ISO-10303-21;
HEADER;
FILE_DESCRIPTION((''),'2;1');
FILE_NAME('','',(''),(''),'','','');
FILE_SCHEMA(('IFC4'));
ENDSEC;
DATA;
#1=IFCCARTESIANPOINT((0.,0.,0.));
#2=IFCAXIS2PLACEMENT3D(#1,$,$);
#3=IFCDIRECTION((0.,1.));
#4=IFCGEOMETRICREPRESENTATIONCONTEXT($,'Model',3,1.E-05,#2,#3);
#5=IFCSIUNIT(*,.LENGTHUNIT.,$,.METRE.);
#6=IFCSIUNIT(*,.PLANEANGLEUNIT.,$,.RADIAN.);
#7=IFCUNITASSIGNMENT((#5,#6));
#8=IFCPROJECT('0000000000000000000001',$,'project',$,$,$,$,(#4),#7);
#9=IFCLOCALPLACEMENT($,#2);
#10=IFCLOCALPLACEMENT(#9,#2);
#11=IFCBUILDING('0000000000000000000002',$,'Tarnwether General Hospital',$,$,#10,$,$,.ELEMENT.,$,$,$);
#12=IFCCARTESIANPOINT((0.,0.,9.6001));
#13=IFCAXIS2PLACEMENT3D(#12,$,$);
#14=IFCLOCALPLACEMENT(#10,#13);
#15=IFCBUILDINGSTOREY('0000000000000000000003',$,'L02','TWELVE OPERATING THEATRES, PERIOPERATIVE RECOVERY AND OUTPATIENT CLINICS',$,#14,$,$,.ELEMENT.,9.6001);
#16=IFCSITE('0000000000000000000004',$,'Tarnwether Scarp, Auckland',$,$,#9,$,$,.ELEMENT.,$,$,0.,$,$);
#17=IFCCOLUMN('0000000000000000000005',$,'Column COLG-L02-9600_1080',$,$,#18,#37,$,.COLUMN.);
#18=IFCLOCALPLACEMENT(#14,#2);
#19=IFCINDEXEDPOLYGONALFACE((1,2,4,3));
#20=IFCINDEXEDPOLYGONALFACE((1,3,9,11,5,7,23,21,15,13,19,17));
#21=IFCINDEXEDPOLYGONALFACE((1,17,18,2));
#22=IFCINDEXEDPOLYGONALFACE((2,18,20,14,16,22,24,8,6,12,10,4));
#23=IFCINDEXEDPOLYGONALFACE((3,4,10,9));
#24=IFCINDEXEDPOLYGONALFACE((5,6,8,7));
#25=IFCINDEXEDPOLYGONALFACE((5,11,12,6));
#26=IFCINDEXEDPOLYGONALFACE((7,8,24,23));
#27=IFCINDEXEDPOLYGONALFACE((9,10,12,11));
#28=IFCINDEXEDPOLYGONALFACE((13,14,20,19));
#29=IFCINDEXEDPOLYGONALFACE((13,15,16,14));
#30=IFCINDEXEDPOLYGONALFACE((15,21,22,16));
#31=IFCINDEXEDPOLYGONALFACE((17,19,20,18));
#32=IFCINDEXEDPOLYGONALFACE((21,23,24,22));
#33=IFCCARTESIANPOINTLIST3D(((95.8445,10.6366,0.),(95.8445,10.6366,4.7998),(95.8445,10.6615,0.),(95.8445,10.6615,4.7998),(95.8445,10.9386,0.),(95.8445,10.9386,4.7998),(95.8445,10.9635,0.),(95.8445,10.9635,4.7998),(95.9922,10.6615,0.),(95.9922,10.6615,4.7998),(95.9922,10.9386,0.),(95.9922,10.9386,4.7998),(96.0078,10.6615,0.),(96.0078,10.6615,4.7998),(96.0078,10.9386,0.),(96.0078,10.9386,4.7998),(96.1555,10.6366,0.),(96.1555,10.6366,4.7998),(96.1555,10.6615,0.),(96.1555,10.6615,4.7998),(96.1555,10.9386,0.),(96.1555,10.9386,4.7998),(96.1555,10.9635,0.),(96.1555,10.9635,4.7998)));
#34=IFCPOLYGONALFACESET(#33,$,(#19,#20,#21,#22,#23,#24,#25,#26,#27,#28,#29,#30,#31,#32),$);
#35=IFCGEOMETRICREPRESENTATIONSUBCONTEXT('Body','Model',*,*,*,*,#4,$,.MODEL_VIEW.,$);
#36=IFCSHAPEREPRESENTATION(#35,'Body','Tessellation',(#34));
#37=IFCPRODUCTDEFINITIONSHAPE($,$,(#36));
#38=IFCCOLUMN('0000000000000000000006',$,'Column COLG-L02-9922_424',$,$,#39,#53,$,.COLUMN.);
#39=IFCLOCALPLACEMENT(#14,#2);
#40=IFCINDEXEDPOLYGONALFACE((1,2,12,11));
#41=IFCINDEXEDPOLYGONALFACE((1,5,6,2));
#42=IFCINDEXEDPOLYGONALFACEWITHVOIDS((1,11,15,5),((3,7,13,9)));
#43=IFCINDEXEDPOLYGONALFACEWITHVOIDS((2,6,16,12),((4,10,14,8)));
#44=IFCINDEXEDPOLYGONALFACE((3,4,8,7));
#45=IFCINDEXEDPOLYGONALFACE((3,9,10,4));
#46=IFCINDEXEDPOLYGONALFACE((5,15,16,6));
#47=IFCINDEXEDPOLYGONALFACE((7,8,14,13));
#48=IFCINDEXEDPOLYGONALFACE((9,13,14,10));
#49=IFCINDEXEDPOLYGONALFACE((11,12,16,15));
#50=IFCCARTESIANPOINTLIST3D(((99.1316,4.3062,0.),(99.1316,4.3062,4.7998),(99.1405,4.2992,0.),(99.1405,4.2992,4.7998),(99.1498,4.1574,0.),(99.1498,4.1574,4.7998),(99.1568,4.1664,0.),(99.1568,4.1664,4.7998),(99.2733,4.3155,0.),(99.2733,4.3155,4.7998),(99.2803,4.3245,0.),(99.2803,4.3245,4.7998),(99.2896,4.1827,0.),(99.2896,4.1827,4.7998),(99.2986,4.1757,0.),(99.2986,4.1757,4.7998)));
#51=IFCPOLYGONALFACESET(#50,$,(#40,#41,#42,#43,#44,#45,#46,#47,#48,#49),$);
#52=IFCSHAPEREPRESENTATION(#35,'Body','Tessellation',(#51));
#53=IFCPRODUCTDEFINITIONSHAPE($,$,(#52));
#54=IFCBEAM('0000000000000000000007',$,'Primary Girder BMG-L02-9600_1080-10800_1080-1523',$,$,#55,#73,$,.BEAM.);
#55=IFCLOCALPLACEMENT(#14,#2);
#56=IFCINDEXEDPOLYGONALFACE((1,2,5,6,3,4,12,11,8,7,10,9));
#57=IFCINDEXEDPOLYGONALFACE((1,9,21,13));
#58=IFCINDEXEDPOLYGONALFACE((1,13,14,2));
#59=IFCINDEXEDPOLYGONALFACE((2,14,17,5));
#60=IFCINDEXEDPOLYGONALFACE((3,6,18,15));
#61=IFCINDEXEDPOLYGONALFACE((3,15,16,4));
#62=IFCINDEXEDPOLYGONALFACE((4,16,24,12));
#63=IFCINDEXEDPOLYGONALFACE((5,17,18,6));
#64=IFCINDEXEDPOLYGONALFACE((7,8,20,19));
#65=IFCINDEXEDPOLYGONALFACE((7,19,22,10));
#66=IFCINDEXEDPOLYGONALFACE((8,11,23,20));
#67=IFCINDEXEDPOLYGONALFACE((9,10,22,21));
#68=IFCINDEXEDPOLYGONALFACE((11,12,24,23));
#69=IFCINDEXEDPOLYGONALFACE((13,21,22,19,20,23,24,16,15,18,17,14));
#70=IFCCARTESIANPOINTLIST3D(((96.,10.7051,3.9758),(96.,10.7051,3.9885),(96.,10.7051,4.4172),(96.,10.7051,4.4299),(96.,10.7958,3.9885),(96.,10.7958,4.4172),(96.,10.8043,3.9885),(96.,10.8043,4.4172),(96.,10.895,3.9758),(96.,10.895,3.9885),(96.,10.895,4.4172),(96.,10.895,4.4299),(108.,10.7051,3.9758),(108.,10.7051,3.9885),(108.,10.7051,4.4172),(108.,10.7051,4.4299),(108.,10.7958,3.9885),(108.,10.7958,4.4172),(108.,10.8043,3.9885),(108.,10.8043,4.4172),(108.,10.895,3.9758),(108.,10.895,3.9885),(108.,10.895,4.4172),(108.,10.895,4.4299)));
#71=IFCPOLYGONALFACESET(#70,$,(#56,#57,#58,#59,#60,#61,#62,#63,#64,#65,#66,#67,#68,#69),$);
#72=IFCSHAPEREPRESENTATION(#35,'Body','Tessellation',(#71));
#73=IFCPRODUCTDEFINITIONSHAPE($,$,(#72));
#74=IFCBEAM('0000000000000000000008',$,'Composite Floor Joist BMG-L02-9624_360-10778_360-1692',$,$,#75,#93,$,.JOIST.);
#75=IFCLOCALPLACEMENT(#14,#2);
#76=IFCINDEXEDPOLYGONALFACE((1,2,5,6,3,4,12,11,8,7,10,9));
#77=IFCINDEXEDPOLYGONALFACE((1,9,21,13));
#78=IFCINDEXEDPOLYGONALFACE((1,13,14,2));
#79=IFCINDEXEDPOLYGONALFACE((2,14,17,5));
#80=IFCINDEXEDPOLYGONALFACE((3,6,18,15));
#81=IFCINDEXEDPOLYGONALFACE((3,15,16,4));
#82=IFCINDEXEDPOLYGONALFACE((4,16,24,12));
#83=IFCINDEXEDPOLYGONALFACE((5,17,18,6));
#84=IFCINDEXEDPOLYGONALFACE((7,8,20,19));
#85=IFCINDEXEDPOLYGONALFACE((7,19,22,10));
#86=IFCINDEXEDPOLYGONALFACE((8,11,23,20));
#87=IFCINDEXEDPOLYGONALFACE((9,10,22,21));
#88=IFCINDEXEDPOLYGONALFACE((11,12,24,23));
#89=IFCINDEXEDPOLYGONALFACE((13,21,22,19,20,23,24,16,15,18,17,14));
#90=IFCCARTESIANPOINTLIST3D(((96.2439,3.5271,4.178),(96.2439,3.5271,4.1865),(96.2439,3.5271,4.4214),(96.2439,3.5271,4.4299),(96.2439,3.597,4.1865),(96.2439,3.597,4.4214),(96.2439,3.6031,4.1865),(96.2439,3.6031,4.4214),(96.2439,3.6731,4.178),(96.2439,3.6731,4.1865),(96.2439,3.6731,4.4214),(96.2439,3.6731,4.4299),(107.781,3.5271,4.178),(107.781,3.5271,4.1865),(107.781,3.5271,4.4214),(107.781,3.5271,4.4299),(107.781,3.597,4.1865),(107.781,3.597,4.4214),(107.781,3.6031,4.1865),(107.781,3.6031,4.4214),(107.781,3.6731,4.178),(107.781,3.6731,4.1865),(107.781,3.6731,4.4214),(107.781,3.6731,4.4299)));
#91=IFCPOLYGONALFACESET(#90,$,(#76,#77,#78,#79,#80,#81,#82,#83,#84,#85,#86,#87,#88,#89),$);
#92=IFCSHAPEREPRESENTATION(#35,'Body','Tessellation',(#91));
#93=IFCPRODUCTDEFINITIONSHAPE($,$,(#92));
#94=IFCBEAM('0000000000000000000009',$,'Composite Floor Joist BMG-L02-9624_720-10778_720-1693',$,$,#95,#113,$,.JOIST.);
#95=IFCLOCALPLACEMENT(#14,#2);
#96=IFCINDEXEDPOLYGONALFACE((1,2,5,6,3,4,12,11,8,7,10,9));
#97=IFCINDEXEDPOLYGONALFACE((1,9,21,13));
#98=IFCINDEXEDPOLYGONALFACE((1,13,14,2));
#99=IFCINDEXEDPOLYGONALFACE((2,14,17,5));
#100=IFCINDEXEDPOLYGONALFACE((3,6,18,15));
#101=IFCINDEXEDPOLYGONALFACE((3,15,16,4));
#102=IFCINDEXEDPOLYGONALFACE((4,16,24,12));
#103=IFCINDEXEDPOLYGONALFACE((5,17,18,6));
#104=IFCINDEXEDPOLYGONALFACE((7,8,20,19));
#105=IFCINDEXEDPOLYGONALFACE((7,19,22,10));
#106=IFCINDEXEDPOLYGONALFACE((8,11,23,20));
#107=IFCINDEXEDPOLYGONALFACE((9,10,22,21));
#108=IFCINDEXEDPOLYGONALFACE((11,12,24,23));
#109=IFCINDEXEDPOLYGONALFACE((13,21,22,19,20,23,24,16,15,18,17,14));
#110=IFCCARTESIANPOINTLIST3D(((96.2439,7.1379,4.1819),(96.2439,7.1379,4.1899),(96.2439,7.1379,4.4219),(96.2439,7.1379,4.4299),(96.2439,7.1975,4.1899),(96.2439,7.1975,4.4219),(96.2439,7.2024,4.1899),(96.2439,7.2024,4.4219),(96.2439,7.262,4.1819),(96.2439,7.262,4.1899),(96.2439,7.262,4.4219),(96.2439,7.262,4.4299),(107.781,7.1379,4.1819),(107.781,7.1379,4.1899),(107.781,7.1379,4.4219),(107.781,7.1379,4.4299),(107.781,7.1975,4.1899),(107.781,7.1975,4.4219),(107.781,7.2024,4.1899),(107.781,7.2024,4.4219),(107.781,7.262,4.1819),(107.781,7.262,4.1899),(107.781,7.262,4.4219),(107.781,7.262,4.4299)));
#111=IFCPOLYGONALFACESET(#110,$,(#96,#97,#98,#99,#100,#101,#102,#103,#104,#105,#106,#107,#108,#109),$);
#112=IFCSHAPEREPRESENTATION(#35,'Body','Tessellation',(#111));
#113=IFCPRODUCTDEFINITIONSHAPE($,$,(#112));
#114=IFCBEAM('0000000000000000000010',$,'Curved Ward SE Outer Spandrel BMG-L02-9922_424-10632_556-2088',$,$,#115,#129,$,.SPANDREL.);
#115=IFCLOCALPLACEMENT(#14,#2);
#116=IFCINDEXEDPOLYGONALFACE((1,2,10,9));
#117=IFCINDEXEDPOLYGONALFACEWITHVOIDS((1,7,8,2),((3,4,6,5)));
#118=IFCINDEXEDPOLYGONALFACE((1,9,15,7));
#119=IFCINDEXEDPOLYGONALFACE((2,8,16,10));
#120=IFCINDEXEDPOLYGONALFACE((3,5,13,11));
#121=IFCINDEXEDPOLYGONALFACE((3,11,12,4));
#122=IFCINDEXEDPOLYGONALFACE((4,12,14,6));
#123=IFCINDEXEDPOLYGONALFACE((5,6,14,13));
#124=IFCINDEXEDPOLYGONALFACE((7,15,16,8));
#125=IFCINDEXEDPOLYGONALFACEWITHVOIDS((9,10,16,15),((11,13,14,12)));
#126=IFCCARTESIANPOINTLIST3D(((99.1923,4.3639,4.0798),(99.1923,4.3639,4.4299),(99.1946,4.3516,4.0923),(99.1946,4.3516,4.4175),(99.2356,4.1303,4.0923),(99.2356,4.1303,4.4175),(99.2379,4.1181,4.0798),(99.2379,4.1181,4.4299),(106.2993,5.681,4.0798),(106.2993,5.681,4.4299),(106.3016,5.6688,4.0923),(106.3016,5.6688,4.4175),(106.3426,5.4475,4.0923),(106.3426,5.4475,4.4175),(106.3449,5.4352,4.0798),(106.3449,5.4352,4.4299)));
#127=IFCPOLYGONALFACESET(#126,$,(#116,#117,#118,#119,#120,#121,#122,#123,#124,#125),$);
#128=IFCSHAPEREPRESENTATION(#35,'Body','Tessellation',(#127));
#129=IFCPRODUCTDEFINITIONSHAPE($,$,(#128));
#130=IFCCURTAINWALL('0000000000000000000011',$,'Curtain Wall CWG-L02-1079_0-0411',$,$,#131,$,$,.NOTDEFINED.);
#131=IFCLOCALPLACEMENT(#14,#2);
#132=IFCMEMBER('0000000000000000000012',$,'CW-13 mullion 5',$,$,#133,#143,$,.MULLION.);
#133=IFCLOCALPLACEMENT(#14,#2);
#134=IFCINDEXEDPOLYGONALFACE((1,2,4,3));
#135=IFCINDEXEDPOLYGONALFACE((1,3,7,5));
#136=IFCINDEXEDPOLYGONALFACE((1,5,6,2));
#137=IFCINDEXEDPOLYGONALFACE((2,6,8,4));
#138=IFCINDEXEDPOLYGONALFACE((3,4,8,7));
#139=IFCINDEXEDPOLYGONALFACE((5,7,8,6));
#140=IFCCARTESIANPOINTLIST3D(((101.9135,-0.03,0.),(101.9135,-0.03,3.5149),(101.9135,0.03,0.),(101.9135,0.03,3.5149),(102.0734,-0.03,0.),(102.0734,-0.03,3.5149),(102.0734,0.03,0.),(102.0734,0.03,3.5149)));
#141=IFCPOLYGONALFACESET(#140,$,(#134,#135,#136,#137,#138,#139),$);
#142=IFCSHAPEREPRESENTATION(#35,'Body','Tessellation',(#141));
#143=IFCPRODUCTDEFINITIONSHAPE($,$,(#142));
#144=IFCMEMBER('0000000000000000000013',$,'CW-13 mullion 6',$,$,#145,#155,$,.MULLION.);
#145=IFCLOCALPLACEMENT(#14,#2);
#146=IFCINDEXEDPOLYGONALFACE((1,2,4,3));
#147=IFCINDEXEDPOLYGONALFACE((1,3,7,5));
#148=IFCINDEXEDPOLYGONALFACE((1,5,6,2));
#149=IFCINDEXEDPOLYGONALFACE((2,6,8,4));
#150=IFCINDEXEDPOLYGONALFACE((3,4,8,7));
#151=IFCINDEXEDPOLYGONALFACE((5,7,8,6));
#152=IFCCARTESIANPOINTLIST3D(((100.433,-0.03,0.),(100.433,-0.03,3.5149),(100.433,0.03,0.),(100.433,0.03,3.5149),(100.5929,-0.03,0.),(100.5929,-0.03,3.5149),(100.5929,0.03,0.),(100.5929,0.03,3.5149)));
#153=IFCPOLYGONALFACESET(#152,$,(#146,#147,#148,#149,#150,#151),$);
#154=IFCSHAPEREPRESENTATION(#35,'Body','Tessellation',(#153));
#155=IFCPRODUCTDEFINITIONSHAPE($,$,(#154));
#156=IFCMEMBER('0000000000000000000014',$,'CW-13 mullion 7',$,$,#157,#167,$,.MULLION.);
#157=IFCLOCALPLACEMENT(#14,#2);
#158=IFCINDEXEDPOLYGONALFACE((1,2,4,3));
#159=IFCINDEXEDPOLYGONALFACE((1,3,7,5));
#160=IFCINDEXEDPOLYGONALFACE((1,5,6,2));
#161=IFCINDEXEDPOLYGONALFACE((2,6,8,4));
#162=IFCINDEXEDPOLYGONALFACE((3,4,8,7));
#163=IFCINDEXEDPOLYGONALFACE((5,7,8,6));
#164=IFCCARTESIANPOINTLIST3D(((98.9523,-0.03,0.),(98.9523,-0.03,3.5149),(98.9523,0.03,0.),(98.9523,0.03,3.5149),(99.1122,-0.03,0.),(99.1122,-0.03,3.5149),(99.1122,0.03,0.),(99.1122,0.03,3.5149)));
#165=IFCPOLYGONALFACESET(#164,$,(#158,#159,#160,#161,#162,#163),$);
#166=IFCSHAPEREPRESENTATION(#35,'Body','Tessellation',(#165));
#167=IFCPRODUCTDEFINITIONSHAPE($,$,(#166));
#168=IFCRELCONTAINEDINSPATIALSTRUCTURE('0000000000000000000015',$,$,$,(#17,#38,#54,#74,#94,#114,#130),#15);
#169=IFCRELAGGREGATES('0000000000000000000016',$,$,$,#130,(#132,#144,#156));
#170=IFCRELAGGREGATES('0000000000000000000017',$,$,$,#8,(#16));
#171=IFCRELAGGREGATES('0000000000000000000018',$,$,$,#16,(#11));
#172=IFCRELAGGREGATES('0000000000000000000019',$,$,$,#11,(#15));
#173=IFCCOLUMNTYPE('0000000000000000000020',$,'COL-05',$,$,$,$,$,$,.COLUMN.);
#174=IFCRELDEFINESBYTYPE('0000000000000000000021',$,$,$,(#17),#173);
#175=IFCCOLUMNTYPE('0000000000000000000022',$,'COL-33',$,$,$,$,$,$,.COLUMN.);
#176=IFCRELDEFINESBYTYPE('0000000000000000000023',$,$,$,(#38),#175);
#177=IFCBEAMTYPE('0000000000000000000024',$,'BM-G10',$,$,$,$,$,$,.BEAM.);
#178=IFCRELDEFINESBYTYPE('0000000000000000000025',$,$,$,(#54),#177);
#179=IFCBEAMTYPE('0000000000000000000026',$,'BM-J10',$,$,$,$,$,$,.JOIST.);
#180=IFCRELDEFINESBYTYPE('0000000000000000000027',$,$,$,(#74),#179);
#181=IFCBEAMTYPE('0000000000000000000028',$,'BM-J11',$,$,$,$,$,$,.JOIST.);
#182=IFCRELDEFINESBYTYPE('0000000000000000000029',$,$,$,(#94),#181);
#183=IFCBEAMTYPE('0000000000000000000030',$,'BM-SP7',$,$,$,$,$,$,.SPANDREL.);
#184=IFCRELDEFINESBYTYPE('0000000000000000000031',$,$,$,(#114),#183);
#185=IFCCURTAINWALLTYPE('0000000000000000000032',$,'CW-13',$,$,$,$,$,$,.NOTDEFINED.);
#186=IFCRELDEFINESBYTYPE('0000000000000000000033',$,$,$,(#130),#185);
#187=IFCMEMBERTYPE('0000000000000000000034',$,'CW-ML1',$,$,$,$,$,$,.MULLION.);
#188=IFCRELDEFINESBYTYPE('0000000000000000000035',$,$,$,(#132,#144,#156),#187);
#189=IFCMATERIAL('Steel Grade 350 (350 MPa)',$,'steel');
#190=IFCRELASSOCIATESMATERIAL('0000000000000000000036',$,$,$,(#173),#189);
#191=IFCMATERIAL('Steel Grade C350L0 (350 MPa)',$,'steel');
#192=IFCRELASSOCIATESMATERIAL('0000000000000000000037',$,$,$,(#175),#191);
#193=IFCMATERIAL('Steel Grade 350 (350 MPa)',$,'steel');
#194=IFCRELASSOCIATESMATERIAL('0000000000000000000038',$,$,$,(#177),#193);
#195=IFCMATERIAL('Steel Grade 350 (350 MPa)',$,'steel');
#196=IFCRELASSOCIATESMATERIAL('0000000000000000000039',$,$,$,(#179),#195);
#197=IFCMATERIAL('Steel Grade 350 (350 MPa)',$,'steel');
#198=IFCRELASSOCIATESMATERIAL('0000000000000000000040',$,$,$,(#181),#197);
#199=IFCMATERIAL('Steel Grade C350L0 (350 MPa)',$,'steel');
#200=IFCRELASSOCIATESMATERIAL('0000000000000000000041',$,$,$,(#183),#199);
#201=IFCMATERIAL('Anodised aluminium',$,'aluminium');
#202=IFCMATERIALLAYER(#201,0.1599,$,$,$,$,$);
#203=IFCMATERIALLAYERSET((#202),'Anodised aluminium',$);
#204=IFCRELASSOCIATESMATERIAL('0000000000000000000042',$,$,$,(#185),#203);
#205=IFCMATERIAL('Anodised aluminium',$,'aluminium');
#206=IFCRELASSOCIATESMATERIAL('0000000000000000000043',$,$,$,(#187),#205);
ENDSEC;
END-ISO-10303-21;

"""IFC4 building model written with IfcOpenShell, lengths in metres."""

from ifc_helpers import new_model, si_unit, direction, frame, origin, origin_2d, place, context, subcontext, project, spatial, rectangle, hollow_rectangle, i_section, extrude, material, layer, layer_set, material_profile, profile_set, type_object, element, aggregate, save


model = new_model("IFC4")

# Units and contexts
model_context = context("Model", 3, precision=1e-05, world=origin(), true_north=direction((0.0, 1.0)))
body_context = subcontext(model_context, "Body", "Model", "MODEL_VIEW")
ifc_project = project(units=[si_unit("LENGTHUNIT", "METRE"), si_unit("PLANEANGLEUNIT", "RADIAN")], contexts=[model_context])

# Site, building, storey
site_placement = place(None, origin())
site = spatial("IfcSite", under=ifc_project, at=site_placement, Name="Tarnwether Scarp, Auckland", CompositionType="ELEMENT", RefElevation=0.0)
building_placement = place(site_placement, origin())
building = spatial("IfcBuilding", under=site, at=building_placement, Name="Tarnwether General Hospital", CompositionType="ELEMENT")
storey_placement = place(building_placement, frame((0.0, 0.0, 9.6001)))
storey = spatial("IfcBuildingStorey", under=building, at=storey_placement, Name="L02", Description="TWELVE OPERATING THEATRES, PERIOPERATIVE RECOVERY AND OUTPATIENT CLINICS", CompositionType="ELEMENT", Elevation=9.6001)

# Columns
ifc_material_1 = material(Name="Steel Grade 350 (350 MPa)", Category="steel")
ifc_material_profile_1 = material_profile(ifc_material_1, i_section(OverallWidth=0.311, OverallDepth=0.3269, WebThickness=0.0156, FlangeThickness=0.0249, at=origin_2d()), Name="310UC158")
ifc_profile_set_1 = profile_set([ifc_material_profile_1], Name="Steel Grade 350 (350 MPa)")
column_type_1 = type_object("IfcColumnType", Name="COL-05", PredefinedType="COLUMN", material=ifc_profile_set_1)
column_1_placement = place(storey_placement, frame((96.0, 10.8, 0.0), z_axis=(0.0, 0.0, 1.0), x_axis=(1.0, 0.0, 0.0)))
element("IfcColumn", 1, at=column_1_placement, inside=storey, type_object=column_type_1, Name="Column COLG-L02-9600_1080", PredefinedType="COLUMN", context=body_context, shape_type="SweptSolid", body=[
    extrude(i_section(OverallWidth=0.311, OverallDepth=0.3269, WebThickness=0.0156, FlangeThickness=0.0249, at=origin_2d()), origin(), (0.0, 0.0, 1.0), 4.7998),
])
ifc_material_2 = material(Name="Steel Grade C350L0 (350 MPa)", Category="steel")
ifc_material_profile_2 = material_profile(ifc_material_2, hollow_rectangle(XDim=0.1499, YDim=0.1499, WallThickness=0.0081, at=origin_2d()), Name="SHS150x150x8")
ifc_profile_set_2 = profile_set([ifc_material_profile_2], Name="Steel Grade C350L0 (350 MPa)")
column_type_2 = type_object("IfcColumnType", Name="COL-33", PredefinedType="COLUMN", material=ifc_profile_set_2)
column_2_placement = place(storey_placement, frame((99.2151, 4.241, 0.0), z_axis=(0.0, 0.0, 1.0), x_axis=(-0.121869, 0.992546, 0.0)))
element("IfcColumn", 2, at=column_2_placement, inside=storey, type_object=column_type_2, Name="Column COLG-L02-9922_424", PredefinedType="COLUMN", context=body_context, shape_type="SweptSolid", body=[
    extrude(hollow_rectangle(XDim=0.1499, YDim=0.1499, WallThickness=0.0081, at=origin_2d()), origin(), (0.0, 0.0, 1.0), 4.7998),
])

# Beams
ifc_material_3 = material(Name="Steel Grade 350 (350 MPa)", Category="steel")
ifc_material_profile_3 = material_profile(ifc_material_3, i_section(OverallWidth=0.1899, OverallDepth=0.4541, WebThickness=0.0085, FlangeThickness=0.0127, at=origin_2d()), Name="460UB67.1")
ifc_profile_set_3 = profile_set([ifc_material_profile_3], Name="Steel Grade 350 (350 MPa)")
beam_type_1 = type_object("IfcBeamType", Name="BM-G10", PredefinedType="BEAM", material=ifc_profile_set_3)
beam_1_placement = place(storey_placement, frame((96.0, 10.8, 4.2029), z_axis=(1.0, 0.0, 0.0), x_axis=(0.0, 1.0, 0.0)))
element("IfcBeam", 3, at=beam_1_placement, inside=storey, type_object=beam_type_1, Name="Primary Girder BMG-L02-9600_1080-10800_1080-1523", PredefinedType="BEAM", context=body_context, shape_type="SweptSolid", body=[
    extrude(i_section(OverallWidth=0.1899, OverallDepth=0.4541, WebThickness=0.0085, FlangeThickness=0.0127, at=origin_2d()), origin(), (0.0, 0.0, 1.0), 12.0),
])
ifc_material_4 = material(Name="Steel Grade 350 (350 MPa)", Category="steel")
ifc_material_profile_4 = material_profile(ifc_material_4, i_section(OverallWidth=0.146, OverallDepth=0.252, WebThickness=0.0061, FlangeThickness=0.0085, at=origin_2d()), Name="250UB31.4")
ifc_profile_set_4 = profile_set([ifc_material_profile_4], Name="Steel Grade 350 (350 MPa)")
beam_type_2 = type_object("IfcBeamType", Name="BM-J10", PredefinedType="JOIST", material=ifc_profile_set_4)
beam_2_placement = place(storey_placement, frame((96.2439, 3.6001, 4.304), z_axis=(1.0, 0.0, 0.0), x_axis=(0.0, 1.0, 0.0)))
element("IfcBeam", 4, at=beam_2_placement, inside=storey, type_object=beam_type_2, Name="Composite Floor Joist BMG-L02-9624_360-10778_360-1692", PredefinedType="JOIST", context=body_context, shape_type="SweptSolid", body=[
    extrude(i_section(OverallWidth=0.146, OverallDepth=0.252, WebThickness=0.0061, FlangeThickness=0.0085, at=origin_2d()), origin(), (0.0, 0.0, 1.0), 11.5371),
])
ifc_material_5 = material(Name="Steel Grade 350 (350 MPa)", Category="steel")
ifc_material_profile_5 = material_profile(ifc_material_5, i_section(OverallWidth=0.124, OverallDepth=0.248, WebThickness=0.0049, FlangeThickness=0.0081, at=origin_2d()), Name="250UB25.7")
ifc_profile_set_5 = profile_set([ifc_material_profile_5], Name="Steel Grade 350 (350 MPa)")
beam_type_3 = type_object("IfcBeamType", Name="BM-J11", PredefinedType="JOIST", material=ifc_profile_set_5)
beam_3_placement = place(storey_placement, frame((96.2439, 7.2, 4.3059), z_axis=(1.0, 0.0, 0.0), x_axis=(0.0, 1.0, 0.0)))
element("IfcBeam", 5, at=beam_3_placement, inside=storey, type_object=beam_type_3, Name="Composite Floor Joist BMG-L02-9624_720-10778_720-1693", PredefinedType="JOIST", context=body_context, shape_type="SweptSolid", body=[
    extrude(i_section(OverallWidth=0.124, OverallDepth=0.248, WebThickness=0.0049, FlangeThickness=0.0081, at=origin_2d()), origin(), (0.0, 0.0, 1.0), 11.5371),
])
ifc_material_6 = material(Name="Steel Grade C350L0 (350 MPa)", Category="steel")
ifc_material_profile_6 = material_profile(ifc_material_6, hollow_rectangle(XDim=0.25, YDim=0.3501, WallThickness=0.0125, at=origin_2d()), Name="RHS350x250x12.5")
ifc_profile_set_6 = profile_set([ifc_material_profile_6], Name="Steel Grade C350L0 (350 MPa)")
beam_type_4 = type_object("IfcBeamType", Name="BM-SP7", PredefinedType="SPANDREL", material=ifc_profile_set_6)
beam_4_placement = place(storey_placement, frame((99.2151, 4.241, 4.2549), z_axis=(0.983256, 0.182228, 0.0), x_axis=(-0.182228, 0.983256, 0.0)))
element("IfcBeam", 6, at=beam_4_placement, inside=storey, type_object=beam_type_4, Name="Curved Ward SE Outer Spandrel BMG-L02-9922_424-10632_556-2088", PredefinedType="SPANDREL", context=body_context, shape_type="SweptSolid", body=[
    extrude(hollow_rectangle(XDim=0.25, YDim=0.3501, WallThickness=0.0125, at=origin_2d()), origin(), (0.0, 0.0, 1.0), 7.228),
])

# Curtain wall, members
ifc_material_7 = material(Name="Anodised aluminium", Category="aluminium")
ifc_layer_1 = layer(ifc_material_7, 0.1599)
ifc_layer_set_1 = layer_set([ifc_layer_1], Name="Anodised aluminium")
curtain_wall_type = type_object("IfcCurtainWallType", Name="CW-13", PredefinedType="NOTDEFINED", material=ifc_layer_set_1)
curtain_wall_placement = place(storey_placement, origin())
curtain_wall = element("IfcCurtainWall", 7, at=curtain_wall_placement, inside=storey, type_object=curtain_wall_type, Name="Curtain Wall CWG-L02-1079_0-0411", PredefinedType="NOTDEFINED")
ifc_material_8 = material(Name="Anodised aluminium", Category="aluminium")
ifc_material_profile_7 = material_profile(ifc_material_8, rectangle(XDim=0.0601, YDim=0.1599, at=origin_2d()), Name="ALU-MUL-60x160")
ifc_profile_set_7 = profile_set([ifc_material_profile_7], Name="Anodised aluminium")
member_type_1 = type_object("IfcMemberType", Name="CW-ML1", PredefinedType="MULLION", material=ifc_profile_set_7)
member_1_placement = place(storey_placement, frame((101.9934, 0.0, 0.0), z_axis=(0.0, 0.0, 1.0), x_axis=(0.0, -1.0, 0.0)))
member_1 = element("IfcMember", 8, at=member_1_placement, type_object=member_type_1, Name="CW-13 mullion 5", PredefinedType="MULLION", context=body_context, shape_type="SweptSolid", body=[
    extrude(rectangle(XDim=0.0601, YDim=0.1599, at=origin_2d()), origin(), (0.0, 0.0, 1.0), 3.5149),
])
member_2_placement = place(storey_placement, frame((100.5129, 0.0, 0.0), z_axis=(0.0, 0.0, 1.0), x_axis=(0.0, -1.0, 0.0)))
member_2 = element("IfcMember", 9, at=member_2_placement, type_object=member_type_1, Name="CW-13 mullion 6", PredefinedType="MULLION", context=body_context, shape_type="SweptSolid", body=[
    extrude(rectangle(XDim=0.0601, YDim=0.1599, at=origin_2d()), origin(), (0.0, 0.0, 1.0), 3.5149),
])
member_3_placement = place(storey_placement, frame((99.0322, 0.0, 0.0), z_axis=(0.0, 0.0, 1.0), x_axis=(0.0, -1.0, 0.0)))
member_3 = element("IfcMember", 10, at=member_3_placement, type_object=member_type_1, Name="CW-13 mullion 7", PredefinedType="MULLION", context=body_context, shape_type="SweptSolid", body=[
    extrude(rectangle(XDim=0.0601, YDim=0.1599, at=origin_2d()), origin(), (0.0, 0.0, 1.0), 3.5149),
])
aggregate(curtain_wall, [member_1, member_2, member_3])

save(model, "model.ifc")
